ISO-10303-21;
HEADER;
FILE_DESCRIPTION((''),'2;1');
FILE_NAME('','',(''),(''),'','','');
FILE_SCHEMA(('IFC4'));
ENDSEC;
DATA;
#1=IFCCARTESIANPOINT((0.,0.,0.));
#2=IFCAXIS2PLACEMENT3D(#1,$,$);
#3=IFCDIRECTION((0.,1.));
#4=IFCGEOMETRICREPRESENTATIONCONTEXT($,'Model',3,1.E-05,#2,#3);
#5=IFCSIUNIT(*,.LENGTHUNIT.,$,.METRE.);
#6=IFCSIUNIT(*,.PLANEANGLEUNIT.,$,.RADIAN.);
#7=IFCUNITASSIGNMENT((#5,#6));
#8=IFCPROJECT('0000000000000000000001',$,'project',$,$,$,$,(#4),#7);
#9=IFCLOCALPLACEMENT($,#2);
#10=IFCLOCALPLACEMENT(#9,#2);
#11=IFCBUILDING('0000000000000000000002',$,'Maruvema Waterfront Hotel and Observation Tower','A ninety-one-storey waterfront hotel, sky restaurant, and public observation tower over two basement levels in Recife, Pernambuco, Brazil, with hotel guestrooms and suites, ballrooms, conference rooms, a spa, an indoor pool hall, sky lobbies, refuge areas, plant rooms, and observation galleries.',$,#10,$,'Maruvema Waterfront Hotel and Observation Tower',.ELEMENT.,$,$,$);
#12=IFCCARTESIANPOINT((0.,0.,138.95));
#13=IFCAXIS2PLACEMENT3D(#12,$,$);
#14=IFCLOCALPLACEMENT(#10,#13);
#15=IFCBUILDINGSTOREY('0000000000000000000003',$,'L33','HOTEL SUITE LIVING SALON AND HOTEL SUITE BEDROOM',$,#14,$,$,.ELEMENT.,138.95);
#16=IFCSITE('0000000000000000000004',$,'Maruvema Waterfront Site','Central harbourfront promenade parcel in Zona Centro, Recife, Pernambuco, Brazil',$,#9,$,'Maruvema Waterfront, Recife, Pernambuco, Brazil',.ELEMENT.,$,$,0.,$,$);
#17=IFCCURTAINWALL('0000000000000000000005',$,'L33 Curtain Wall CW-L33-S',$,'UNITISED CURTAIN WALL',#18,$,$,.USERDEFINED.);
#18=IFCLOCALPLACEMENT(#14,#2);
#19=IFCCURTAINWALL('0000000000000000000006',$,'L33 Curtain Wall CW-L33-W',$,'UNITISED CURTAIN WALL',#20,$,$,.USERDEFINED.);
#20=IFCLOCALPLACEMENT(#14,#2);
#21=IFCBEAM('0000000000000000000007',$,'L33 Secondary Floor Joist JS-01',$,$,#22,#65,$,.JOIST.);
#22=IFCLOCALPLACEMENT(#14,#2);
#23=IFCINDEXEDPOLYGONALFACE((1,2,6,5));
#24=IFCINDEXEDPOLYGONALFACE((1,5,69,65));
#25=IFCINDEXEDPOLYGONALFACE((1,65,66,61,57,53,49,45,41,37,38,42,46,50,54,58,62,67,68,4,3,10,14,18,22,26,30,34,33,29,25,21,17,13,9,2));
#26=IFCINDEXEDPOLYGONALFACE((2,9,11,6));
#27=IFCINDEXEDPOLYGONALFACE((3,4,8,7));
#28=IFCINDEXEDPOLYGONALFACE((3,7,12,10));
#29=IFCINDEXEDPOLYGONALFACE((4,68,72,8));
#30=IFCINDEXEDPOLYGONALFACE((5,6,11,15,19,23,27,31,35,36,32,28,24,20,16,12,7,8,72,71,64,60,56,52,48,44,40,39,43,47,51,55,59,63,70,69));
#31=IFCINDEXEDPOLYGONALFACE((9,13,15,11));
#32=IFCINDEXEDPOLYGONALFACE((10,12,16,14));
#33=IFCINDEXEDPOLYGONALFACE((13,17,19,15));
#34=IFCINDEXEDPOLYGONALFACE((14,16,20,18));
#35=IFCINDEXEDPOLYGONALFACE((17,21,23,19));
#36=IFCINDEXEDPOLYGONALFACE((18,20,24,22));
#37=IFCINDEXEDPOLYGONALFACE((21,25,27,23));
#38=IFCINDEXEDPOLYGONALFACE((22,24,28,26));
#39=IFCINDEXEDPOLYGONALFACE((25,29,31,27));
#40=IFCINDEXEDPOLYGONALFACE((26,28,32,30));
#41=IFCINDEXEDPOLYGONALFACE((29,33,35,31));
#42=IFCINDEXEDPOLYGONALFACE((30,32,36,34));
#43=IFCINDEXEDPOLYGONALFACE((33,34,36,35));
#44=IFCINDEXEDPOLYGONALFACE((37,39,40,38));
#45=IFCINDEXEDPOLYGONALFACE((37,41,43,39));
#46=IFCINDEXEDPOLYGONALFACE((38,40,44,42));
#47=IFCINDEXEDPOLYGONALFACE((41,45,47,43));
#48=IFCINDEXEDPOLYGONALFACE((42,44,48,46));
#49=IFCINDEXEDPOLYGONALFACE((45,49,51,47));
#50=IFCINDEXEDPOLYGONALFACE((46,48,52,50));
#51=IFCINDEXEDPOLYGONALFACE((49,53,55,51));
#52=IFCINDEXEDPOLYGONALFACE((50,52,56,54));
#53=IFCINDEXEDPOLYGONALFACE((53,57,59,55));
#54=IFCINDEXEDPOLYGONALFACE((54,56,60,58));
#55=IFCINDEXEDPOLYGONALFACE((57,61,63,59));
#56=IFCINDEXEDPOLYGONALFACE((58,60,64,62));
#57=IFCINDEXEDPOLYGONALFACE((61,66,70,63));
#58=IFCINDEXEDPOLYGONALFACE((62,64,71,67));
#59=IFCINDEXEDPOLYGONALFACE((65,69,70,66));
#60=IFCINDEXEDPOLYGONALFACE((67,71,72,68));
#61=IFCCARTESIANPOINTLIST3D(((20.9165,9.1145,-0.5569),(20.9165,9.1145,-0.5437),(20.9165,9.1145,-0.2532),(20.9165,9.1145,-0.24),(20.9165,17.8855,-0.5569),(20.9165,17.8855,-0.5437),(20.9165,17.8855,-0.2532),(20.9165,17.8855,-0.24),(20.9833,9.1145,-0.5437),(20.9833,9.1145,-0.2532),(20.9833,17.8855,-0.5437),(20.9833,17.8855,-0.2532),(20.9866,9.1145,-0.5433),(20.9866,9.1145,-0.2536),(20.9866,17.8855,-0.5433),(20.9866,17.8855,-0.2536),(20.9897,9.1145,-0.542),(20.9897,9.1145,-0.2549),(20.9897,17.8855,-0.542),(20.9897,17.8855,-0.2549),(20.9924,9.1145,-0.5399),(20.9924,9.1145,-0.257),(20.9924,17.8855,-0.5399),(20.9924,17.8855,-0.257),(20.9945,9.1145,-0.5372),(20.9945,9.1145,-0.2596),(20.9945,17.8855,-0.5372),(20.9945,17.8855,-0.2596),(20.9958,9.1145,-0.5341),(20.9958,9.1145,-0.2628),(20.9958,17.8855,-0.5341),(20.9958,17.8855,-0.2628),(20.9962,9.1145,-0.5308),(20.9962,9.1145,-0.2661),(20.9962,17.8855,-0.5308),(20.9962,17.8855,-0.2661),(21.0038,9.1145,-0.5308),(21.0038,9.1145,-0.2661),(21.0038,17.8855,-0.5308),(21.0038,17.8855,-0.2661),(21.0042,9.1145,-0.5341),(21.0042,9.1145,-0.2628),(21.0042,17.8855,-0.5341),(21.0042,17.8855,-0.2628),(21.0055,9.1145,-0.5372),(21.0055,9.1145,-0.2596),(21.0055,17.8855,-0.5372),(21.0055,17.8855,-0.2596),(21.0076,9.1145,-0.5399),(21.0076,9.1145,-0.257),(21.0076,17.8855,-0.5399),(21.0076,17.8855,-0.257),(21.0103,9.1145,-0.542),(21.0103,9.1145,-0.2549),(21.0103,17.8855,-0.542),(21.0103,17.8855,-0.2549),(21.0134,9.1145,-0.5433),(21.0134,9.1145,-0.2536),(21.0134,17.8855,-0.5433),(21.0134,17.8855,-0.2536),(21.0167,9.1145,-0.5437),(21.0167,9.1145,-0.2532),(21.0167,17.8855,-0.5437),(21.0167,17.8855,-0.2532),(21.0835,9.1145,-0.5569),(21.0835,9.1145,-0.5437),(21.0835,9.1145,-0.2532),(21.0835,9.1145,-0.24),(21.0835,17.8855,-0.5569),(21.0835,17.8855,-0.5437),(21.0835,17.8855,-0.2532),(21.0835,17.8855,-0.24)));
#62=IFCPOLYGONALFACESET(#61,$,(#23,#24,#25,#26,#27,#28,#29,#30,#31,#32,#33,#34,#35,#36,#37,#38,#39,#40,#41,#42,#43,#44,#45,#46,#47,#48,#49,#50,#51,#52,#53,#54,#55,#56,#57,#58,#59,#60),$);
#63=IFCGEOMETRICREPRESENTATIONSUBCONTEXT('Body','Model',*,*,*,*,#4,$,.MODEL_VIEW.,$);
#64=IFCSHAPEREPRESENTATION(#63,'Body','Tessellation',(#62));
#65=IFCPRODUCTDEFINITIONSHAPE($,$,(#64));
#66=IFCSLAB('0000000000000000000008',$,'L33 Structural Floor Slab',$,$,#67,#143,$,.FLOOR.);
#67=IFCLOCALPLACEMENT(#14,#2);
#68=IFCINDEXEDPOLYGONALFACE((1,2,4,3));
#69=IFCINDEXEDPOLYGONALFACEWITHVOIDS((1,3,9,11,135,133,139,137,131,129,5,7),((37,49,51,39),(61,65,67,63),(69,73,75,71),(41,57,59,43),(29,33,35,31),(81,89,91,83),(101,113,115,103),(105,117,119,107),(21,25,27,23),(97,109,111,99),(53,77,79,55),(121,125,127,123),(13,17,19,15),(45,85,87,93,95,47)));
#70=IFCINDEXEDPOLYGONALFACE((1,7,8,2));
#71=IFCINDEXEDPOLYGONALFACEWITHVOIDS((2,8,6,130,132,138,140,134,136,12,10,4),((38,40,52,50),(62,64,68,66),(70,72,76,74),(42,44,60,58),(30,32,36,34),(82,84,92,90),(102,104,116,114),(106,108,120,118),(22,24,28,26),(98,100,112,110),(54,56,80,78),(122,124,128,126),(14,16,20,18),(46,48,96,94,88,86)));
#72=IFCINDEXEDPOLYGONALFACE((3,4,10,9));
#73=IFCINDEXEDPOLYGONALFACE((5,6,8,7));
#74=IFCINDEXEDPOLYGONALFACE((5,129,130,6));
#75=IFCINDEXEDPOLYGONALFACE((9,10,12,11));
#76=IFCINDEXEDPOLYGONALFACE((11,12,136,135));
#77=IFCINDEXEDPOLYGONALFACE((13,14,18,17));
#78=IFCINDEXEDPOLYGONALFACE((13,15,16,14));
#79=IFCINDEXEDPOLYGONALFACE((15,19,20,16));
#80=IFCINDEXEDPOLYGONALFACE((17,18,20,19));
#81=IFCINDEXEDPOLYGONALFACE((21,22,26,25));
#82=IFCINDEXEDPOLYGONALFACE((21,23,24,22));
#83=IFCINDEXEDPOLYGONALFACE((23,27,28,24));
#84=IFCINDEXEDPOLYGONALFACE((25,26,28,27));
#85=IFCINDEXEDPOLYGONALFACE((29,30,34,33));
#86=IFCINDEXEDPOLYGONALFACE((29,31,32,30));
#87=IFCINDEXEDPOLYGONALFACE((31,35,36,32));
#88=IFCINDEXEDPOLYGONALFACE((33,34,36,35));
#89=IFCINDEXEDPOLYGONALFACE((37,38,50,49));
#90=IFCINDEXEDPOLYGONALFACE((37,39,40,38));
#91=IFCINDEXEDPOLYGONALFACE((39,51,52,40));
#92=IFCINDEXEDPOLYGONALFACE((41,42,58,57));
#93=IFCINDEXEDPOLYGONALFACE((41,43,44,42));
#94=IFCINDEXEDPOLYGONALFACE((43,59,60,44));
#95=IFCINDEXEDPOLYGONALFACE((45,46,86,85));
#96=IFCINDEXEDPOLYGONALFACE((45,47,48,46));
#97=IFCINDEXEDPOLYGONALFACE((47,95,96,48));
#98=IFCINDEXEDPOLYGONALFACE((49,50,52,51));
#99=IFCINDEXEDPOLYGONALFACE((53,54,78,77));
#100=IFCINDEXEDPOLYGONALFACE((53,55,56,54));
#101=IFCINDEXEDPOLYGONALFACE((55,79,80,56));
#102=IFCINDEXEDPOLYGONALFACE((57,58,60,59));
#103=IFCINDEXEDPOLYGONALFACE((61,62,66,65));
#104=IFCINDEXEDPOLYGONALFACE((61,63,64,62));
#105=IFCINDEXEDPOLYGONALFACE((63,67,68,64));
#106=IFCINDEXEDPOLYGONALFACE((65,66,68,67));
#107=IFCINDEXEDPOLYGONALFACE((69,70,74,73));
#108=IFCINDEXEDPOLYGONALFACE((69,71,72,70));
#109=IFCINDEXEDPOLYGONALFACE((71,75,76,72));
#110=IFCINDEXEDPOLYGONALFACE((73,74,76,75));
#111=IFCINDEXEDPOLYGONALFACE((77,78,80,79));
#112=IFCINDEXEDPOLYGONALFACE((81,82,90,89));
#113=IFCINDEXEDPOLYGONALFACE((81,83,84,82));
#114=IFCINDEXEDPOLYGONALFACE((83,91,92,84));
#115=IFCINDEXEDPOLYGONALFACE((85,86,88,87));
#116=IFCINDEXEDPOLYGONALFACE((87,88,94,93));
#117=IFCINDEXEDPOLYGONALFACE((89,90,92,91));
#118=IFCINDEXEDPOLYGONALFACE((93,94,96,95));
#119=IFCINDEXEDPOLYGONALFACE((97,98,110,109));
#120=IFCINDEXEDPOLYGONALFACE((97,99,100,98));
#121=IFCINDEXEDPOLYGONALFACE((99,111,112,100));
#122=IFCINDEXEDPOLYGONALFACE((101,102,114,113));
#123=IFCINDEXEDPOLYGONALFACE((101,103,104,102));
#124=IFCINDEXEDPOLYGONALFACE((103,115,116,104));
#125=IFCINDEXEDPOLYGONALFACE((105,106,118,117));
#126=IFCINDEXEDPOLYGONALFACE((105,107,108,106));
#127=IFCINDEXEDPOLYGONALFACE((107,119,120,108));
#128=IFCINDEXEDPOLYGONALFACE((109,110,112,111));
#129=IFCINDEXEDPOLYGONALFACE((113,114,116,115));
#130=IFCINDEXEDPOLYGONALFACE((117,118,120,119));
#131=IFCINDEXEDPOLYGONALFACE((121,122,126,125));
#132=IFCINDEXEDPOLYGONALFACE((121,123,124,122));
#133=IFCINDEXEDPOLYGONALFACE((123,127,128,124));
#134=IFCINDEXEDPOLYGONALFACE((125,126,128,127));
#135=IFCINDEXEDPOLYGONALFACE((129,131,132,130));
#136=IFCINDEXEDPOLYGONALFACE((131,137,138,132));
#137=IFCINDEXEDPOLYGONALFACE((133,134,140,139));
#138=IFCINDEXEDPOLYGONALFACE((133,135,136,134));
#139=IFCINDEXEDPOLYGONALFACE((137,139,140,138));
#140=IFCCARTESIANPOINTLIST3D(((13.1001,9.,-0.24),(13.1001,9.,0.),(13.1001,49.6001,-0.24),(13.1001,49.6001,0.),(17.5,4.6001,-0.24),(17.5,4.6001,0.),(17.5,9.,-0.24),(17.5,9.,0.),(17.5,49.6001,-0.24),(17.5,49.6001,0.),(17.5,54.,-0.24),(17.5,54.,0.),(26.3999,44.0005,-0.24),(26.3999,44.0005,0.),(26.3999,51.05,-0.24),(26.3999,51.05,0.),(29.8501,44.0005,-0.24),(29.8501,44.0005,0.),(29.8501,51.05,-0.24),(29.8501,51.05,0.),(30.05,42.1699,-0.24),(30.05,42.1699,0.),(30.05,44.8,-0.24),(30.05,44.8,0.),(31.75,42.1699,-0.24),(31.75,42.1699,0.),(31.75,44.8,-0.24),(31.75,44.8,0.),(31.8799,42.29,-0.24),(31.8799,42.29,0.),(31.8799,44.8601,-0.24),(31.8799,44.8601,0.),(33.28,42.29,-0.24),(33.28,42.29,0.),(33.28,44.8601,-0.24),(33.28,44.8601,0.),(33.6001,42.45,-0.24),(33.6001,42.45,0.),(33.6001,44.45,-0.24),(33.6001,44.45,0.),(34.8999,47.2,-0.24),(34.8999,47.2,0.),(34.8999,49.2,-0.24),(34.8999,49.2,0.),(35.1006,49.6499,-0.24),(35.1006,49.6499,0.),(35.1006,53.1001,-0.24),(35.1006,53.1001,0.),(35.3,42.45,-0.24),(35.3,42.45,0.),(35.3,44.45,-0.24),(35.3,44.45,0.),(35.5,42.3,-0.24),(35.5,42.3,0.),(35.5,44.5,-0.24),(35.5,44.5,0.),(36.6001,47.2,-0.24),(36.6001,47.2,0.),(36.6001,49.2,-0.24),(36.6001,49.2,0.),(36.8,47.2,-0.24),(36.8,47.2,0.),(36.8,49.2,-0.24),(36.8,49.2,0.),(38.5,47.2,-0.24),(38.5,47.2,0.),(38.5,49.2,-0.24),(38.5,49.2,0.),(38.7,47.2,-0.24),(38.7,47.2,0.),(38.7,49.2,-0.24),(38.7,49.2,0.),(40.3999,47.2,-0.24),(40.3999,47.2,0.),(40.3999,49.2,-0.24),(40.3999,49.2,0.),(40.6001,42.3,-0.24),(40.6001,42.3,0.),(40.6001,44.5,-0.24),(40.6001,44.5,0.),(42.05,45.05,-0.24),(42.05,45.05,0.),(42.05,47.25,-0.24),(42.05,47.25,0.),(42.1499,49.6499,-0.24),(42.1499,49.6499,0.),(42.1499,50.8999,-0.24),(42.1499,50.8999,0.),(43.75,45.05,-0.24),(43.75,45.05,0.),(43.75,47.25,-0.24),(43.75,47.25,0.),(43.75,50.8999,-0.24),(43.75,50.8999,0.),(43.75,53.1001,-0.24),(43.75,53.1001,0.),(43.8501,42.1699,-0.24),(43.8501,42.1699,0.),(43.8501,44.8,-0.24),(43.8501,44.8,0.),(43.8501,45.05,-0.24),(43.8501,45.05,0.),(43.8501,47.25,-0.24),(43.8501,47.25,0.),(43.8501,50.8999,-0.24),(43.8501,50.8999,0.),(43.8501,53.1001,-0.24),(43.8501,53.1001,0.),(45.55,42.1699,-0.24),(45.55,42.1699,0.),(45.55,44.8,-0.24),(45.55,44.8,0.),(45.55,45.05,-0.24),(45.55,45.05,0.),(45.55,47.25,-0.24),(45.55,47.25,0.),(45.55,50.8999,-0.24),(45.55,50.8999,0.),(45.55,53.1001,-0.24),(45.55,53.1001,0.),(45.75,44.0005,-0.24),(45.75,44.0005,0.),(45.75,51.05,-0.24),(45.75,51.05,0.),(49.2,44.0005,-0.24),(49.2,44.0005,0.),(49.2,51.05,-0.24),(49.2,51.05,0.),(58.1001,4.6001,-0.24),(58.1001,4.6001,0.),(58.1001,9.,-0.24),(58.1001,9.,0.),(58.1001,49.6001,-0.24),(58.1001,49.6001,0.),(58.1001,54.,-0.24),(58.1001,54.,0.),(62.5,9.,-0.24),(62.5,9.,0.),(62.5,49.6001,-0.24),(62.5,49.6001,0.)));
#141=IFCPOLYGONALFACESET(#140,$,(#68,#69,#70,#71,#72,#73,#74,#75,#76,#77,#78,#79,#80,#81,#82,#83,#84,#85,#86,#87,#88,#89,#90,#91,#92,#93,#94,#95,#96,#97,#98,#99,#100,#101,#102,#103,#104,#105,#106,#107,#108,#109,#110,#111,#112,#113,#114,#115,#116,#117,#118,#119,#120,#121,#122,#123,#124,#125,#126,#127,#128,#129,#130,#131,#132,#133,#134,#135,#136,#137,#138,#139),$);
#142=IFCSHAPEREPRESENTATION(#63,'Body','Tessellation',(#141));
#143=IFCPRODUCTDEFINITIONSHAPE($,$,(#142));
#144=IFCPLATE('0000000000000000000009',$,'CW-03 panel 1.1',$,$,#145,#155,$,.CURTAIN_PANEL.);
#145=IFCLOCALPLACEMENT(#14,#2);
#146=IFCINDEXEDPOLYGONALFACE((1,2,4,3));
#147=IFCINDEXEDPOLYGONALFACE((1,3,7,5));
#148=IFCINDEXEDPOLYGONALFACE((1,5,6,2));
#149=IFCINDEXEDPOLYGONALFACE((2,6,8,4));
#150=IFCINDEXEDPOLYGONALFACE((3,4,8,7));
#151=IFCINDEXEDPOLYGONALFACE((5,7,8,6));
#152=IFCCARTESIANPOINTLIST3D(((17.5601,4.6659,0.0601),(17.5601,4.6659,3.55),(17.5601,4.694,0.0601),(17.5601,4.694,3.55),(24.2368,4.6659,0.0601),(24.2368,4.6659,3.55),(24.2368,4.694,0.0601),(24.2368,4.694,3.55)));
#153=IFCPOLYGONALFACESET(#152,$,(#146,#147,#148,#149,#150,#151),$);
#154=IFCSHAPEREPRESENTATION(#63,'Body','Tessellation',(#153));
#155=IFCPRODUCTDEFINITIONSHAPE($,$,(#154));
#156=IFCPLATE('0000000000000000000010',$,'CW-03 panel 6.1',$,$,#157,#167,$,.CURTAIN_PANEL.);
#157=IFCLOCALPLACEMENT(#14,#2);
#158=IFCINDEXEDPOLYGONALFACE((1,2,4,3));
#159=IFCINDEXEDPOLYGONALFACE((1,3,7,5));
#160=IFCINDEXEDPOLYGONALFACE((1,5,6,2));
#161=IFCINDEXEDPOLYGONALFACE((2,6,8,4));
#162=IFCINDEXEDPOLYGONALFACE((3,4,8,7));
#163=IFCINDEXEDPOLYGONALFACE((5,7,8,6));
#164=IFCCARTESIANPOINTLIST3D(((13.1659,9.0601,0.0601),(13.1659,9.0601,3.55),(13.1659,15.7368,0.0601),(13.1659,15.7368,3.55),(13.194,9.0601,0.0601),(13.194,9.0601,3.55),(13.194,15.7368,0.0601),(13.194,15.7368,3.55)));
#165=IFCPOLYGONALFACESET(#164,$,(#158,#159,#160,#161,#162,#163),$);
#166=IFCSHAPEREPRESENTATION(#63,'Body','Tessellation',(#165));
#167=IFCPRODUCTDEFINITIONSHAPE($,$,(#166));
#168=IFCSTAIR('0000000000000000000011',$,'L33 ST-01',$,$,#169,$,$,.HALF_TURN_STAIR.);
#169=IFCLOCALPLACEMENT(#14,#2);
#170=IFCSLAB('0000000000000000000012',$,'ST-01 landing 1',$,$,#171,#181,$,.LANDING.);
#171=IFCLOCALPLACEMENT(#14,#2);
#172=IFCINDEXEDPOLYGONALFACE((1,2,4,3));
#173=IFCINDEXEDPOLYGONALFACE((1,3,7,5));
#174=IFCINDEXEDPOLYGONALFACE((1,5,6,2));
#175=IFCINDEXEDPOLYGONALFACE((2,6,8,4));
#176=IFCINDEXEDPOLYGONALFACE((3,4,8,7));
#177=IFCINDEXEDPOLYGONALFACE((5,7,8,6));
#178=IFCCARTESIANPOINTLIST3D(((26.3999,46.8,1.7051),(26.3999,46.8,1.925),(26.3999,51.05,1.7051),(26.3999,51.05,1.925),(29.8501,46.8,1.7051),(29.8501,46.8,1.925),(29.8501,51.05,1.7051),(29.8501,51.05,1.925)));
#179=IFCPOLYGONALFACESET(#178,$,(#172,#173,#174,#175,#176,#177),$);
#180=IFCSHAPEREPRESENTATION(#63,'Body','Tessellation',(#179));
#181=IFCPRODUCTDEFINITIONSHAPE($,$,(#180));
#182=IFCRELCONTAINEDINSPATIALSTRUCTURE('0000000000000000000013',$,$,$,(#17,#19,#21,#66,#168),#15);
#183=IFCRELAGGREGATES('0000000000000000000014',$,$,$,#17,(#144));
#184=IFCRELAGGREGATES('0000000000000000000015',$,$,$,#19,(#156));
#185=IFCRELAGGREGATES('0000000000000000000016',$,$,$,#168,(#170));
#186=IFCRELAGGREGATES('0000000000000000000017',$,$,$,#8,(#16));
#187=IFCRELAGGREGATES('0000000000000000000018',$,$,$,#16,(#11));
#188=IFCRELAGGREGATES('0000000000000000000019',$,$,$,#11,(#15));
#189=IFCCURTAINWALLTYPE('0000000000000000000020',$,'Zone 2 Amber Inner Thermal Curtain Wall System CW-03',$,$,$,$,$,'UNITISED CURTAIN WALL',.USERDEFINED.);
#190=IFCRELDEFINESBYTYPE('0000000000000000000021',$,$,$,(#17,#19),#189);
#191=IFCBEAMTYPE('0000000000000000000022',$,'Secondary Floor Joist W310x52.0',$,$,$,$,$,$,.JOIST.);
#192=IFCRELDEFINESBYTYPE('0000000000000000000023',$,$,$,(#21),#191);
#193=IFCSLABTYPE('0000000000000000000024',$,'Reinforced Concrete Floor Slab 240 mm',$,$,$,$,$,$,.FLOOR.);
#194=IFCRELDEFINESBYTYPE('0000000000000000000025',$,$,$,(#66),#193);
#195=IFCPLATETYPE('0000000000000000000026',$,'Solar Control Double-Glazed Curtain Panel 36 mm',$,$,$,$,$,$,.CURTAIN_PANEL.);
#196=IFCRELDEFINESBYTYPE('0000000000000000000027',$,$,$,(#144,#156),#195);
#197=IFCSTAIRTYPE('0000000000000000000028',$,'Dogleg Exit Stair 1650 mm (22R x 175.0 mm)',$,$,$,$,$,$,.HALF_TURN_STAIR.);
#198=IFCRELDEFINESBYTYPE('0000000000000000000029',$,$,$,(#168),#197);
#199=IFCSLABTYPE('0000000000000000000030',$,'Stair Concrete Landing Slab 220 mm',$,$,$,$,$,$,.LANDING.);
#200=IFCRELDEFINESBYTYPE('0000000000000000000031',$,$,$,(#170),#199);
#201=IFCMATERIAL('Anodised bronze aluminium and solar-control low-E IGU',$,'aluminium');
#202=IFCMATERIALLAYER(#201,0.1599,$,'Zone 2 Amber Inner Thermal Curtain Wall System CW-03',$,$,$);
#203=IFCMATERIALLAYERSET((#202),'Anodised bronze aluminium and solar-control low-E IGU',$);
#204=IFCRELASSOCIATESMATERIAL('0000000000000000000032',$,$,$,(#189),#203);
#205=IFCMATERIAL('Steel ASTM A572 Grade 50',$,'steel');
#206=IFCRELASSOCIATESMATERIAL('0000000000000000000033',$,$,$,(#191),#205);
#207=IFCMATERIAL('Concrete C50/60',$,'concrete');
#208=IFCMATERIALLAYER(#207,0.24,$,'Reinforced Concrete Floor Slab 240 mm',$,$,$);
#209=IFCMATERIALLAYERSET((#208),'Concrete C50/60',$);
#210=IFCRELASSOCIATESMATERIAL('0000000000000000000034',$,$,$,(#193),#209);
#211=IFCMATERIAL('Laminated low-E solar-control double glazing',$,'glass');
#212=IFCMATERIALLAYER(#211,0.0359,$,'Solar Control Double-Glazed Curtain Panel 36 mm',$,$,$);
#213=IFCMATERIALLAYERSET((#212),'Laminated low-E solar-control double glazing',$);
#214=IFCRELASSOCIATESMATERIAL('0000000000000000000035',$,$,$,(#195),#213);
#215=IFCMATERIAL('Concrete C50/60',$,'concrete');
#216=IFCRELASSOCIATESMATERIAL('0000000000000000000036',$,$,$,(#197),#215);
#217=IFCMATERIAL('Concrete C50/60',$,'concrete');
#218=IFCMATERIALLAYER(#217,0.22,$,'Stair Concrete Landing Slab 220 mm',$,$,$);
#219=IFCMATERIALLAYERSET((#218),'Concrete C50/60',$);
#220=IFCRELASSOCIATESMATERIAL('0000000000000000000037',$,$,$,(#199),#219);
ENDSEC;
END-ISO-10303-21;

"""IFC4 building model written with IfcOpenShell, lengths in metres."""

from ifc_helpers import new_model, si_unit, direction, frame, origin, origin_2d, place, context, subcontext, project, spatial, polyline, rectangle, i_section, outline, extrude, material, layer, layer_set, material_profile, profile_set, type_object, element, aggregate, save


model = new_model("IFC4")

# Units and contexts
model_context = context("Model", 3, precision=1e-05, world=origin(), true_north=direction((0.0, 1.0)))
body_context = subcontext(model_context, "Body", "Model", "MODEL_VIEW")
ifc_project = project(units=[si_unit("LENGTHUNIT", "METRE"), si_unit("PLANEANGLEUNIT", "RADIAN")], contexts=[model_context])

# Site, building, storey
site_placement = place(None, origin())
site = spatial("IfcSite", under=ifc_project, at=site_placement, Name="Maruvema Waterfront Site", Description="Central harbourfront promenade parcel in Zona Centro, Recife, Pernambuco, Brazil", LongName="Maruvema Waterfront, Recife, Pernambuco, Brazil", CompositionType="ELEMENT", RefElevation=0.0)
building_placement = place(site_placement, origin())
building = spatial("IfcBuilding", under=site, at=building_placement, Name="Maruvema Waterfront Hotel and Observation Tower", Description="A ninety-one-storey waterfront hotel, sky restaurant, and public observation tower over two basement levels in Recife, Pernambuco, Brazil, with hotel guestrooms and suites, ballrooms, conference rooms, a spa, an indoor pool hall, sky lobbies, refuge areas, plant rooms, and observation galleries.", LongName="Maruvema Waterfront Hotel and Observation Tower", CompositionType="ELEMENT")
storey_placement = place(building_placement, frame((0.0, 0.0, 138.95)))
storey = spatial("IfcBuildingStorey", under=building, at=storey_placement, Name="L33", Description="HOTEL SUITE LIVING SALON AND HOTEL SUITE BEDROOM", CompositionType="ELEMENT", Elevation=138.95)

# Curtain walls
ifc_material_1 = material(Name="Anodised bronze aluminium and solar-control low-E IGU", Category="aluminium")
ifc_layer_1 = layer(ifc_material_1, 0.1599, Name="Zone 2 Amber Inner Thermal Curtain Wall System CW-03")
ifc_layer_set_1 = layer_set([ifc_layer_1], Name="Anodised bronze aluminium and solar-control low-E IGU")
curtain_wall_type = type_object("IfcCurtainWallType", Name="Zone 2 Amber Inner Thermal Curtain Wall System CW-03", ElementType="UNITISED CURTAIN WALL", PredefinedType="USERDEFINED", material=ifc_layer_set_1)
curtain_wall_1_placement = place(storey_placement, origin())
curtain_wall_1 = element("IfcCurtainWall", 1, at=curtain_wall_1_placement, inside=storey, type_object=curtain_wall_type, Name="L33 Curtain Wall CW-L33-S", ObjectType="UNITISED CURTAIN WALL", PredefinedType="USERDEFINED")
curtain_wall_2_placement = place(storey_placement, origin())
curtain_wall_2 = element("IfcCurtainWall", 2, at=curtain_wall_2_placement, inside=storey, type_object=curtain_wall_type, Name="L33 Curtain Wall CW-L33-W", ObjectType="UNITISED CURTAIN WALL", PredefinedType="USERDEFINED")

# Beam
ifc_material_2 = material(Name="Steel ASTM A572 Grade 50", Category="steel")
ifc_material_profile_1 = material_profile(ifc_material_2, i_section(OverallWidth=0.167, OverallDepth=0.3169, WebThickness=0.0076, FlangeThickness=0.0132, FilletRadius=0.0129, at=origin_2d()), Name="W310x52.0")
ifc_profile_set_1 = profile_set([ifc_material_profile_1], Name="Steel ASTM A572 Grade 50")
beam_type_1 = type_object("IfcBeamType", Name="Secondary Floor Joist W310x52.0", PredefinedType="JOIST", material=ifc_profile_set_1)
beam_1_placement = place(storey_placement, frame((21.0, 9.1145, -0.3984), z_axis=(0.0, 1.0, 0.0), x_axis=(-1.0, 0.0, 0.0)))
element("IfcBeam", 3, at=beam_1_placement, inside=storey, type_object=beam_type_1, Name="L33 Secondary Floor Joist JS-01", PredefinedType="JOIST", context=body_context, shape_type="SweptSolid", body=[
    extrude(i_section(OverallWidth=0.167, OverallDepth=0.3169, WebThickness=0.0076, FlangeThickness=0.0132, FilletRadius=0.0129, at=origin_2d()), origin(), (0.0, 0.0, 1.0), 8.771),
])

# Slab
ifc_material_3 = material(Name="Concrete C50/60", Category="concrete")
ifc_layer_2 = layer(ifc_material_3, 0.24, Name="Reinforced Concrete Floor Slab 240 mm")
ifc_layer_set_2 = layer_set([ifc_layer_2], Name="Concrete C50/60")
slab_type_1 = type_object("IfcSlabType", Name="Reinforced Concrete Floor Slab 240 mm", PredefinedType="FLOOR", material=ifc_layer_set_2)
slab_1_placement = place(storey_placement, frame((0.0, 0.0, -0.24)))
element("IfcSlab", 4, at=slab_1_placement, inside=storey, type_object=slab_type_1, Name="L33 Structural Floor Slab", PredefinedType="FLOOR", context=body_context, shape_type="SweptSolid", body=[
    extrude(outline(polyline([(17.5, 4.6001), (58.1001, 4.6001), (58.1001, 9.0), (62.5, 9.0), (62.5, 49.6001), (58.1001, 49.6001), (58.1001, 54.0), (17.5, 54.0), (17.5, 49.6001), (13.1001, 49.6001), (13.1001, 9.0), (17.5, 9.0), (17.5, 4.6001)]), holes=[polyline([(26.3999, 44.0005), (26.3999, 51.05), (29.8501, 51.05), (29.8501, 44.0005), (26.3999, 44.0005)]), polyline([(30.05, 44.8), (31.75, 44.8), (31.75, 42.1699), (30.05, 42.1699), (30.05, 44.8)]), polyline([(31.8799, 44.8601), (33.28, 44.8601), (33.28, 42.29), (31.8799, 42.29), (31.8799, 44.8601)]), polyline([(33.6001, 44.45), (35.3, 44.45), (35.3, 42.45), (33.6001, 42.45), (33.6001, 44.45)]), polyline([(34.8999, 49.2), (36.6001, 49.2), (36.6001, 47.2), (34.8999, 47.2), (34.8999, 49.2)]), polyline([(36.8, 49.2), (38.5, 49.2), (38.5, 47.2), (36.8, 47.2), (36.8, 49.2)]), polyline([(35.5, 42.3), (35.5, 44.5), (40.6001, 44.5), (40.6001, 42.3), (35.5, 42.3)]), polyline([(35.1006, 53.1001), (43.75, 53.1001), (43.75, 50.8999), (42.1499, 50.8999), (42.1499, 49.6499), (35.1006, 49.6499), (35.1006, 53.1001)]), polyline([(38.7, 49.2), (40.3999, 49.2), (40.3999, 47.2), (38.7, 47.2), (38.7, 49.2)]), polyline([(42.05, 47.25), (43.75, 47.25), (43.75, 45.05), (42.05, 45.05), (42.05, 47.25)]), polyline([(43.8501, 44.8), (45.55, 44.8), (45.55, 42.1699), (43.8501, 42.1699), (43.8501, 44.8)]), polyline([(43.8501, 47.25), (45.55, 47.25), (45.55, 45.05), (43.8501, 45.05), (43.8501, 47.25)]), polyline([(45.55, 53.1001), (45.55, 50.8999), (43.8501, 50.8999), (43.8501, 53.1001), (45.55, 53.1001)]), polyline([(45.75, 44.0005), (45.75, 51.05), (49.2, 51.05), (49.2, 44.0005), (45.75, 44.0005)])]), origin(), (0.0, 0.0, 1.0), 0.24),
])

# Plates
ifc_material_4 = material(Name="Laminated low-E solar-control double glazing", Category="glass")
ifc_layer_3 = layer(ifc_material_4, 0.0359, Name="Solar Control Double-Glazed Curtain Panel 36 mm")
ifc_layer_set_3 = layer_set([ifc_layer_3], Name="Laminated low-E solar-control double glazing")
plate_type = type_object("IfcPlateType", Name="Solar Control Double-Glazed Curtain Panel 36 mm", PredefinedType="CURTAIN_PANEL", material=ifc_layer_set_3)
plate_1_placement = place(storey_placement, frame((20.8984, 4.6799, 0.0601), z_axis=(0.0, 0.0, 1.0), x_axis=(1.0, 0.0, 0.0)))
plate_1 = element("IfcPlate", 5, at=plate_1_placement, type_object=plate_type, Name="CW-03 panel 1.1", PredefinedType="CURTAIN_PANEL", context=body_context, shape_type="SweptSolid", body=[
    extrude(rectangle(XDim=6.6768, YDim=0.0281, at=origin_2d()), origin(), (0.0, 0.0, 1.0), 3.49),
])
aggregate(curtain_wall_1, [plate_1])
plate_2_placement = place(storey_placement, frame((13.1799, 12.3984, 0.0601), z_axis=(0.0, 0.0, 1.0), x_axis=(0.0, -1.0, 0.0)))
plate_2 = element("IfcPlate", 6, at=plate_2_placement, type_object=plate_type, Name="CW-03 panel 6.1", PredefinedType="CURTAIN_PANEL", context=body_context, shape_type="SweptSolid", body=[
    extrude(rectangle(XDim=6.6768, YDim=0.0281, at=origin_2d()), origin(), (0.0, 0.0, 1.0), 3.49),
])
aggregate(curtain_wall_2, [plate_2])

# Stair, slab
ifc_material_5 = material(Name="Concrete C50/60", Category="concrete")
stair_type = type_object("IfcStairType", Name="Dogleg Exit Stair 1650 mm (22R x 175.0 mm)", PredefinedType="HALF_TURN_STAIR", material=ifc_material_5)
stair_1_placement = place(storey_placement, origin())
stair_1 = element("IfcStair", 7, at=stair_1_placement, inside=storey, type_object=stair_type, Name="L33 ST-01", PredefinedType="HALF_TURN_STAIR")
ifc_material_6 = material(Name="Concrete C50/60", Category="concrete")
ifc_layer_4 = layer(ifc_material_6, 0.22, Name="Stair Concrete Landing Slab 220 mm")
ifc_layer_set_4 = layer_set([ifc_layer_4], Name="Concrete C50/60")
slab_type_2 = type_object("IfcSlabType", Name="Stair Concrete Landing Slab 220 mm", PredefinedType="LANDING", material=ifc_layer_set_4)
slab_2_placement = place(storey_placement, frame((0.0, 0.0, 1.7051)))
slab_2 = element("IfcSlab", 8, at=slab_2_placement, type_object=slab_type_2, Name="ST-01 landing 1", PredefinedType="LANDING", context=body_context, shape_type="SweptSolid", body=[
    extrude(outline(polyline([(29.8501, 46.8), (29.8501, 51.05), (26.3999, 51.05), (26.3999, 46.8), (29.8501, 46.8)])), origin(), (0.0, 0.0, 1.0), 0.22),
])
aggregate(stair_1, [slab_2])

save(model, "model.ifc")
